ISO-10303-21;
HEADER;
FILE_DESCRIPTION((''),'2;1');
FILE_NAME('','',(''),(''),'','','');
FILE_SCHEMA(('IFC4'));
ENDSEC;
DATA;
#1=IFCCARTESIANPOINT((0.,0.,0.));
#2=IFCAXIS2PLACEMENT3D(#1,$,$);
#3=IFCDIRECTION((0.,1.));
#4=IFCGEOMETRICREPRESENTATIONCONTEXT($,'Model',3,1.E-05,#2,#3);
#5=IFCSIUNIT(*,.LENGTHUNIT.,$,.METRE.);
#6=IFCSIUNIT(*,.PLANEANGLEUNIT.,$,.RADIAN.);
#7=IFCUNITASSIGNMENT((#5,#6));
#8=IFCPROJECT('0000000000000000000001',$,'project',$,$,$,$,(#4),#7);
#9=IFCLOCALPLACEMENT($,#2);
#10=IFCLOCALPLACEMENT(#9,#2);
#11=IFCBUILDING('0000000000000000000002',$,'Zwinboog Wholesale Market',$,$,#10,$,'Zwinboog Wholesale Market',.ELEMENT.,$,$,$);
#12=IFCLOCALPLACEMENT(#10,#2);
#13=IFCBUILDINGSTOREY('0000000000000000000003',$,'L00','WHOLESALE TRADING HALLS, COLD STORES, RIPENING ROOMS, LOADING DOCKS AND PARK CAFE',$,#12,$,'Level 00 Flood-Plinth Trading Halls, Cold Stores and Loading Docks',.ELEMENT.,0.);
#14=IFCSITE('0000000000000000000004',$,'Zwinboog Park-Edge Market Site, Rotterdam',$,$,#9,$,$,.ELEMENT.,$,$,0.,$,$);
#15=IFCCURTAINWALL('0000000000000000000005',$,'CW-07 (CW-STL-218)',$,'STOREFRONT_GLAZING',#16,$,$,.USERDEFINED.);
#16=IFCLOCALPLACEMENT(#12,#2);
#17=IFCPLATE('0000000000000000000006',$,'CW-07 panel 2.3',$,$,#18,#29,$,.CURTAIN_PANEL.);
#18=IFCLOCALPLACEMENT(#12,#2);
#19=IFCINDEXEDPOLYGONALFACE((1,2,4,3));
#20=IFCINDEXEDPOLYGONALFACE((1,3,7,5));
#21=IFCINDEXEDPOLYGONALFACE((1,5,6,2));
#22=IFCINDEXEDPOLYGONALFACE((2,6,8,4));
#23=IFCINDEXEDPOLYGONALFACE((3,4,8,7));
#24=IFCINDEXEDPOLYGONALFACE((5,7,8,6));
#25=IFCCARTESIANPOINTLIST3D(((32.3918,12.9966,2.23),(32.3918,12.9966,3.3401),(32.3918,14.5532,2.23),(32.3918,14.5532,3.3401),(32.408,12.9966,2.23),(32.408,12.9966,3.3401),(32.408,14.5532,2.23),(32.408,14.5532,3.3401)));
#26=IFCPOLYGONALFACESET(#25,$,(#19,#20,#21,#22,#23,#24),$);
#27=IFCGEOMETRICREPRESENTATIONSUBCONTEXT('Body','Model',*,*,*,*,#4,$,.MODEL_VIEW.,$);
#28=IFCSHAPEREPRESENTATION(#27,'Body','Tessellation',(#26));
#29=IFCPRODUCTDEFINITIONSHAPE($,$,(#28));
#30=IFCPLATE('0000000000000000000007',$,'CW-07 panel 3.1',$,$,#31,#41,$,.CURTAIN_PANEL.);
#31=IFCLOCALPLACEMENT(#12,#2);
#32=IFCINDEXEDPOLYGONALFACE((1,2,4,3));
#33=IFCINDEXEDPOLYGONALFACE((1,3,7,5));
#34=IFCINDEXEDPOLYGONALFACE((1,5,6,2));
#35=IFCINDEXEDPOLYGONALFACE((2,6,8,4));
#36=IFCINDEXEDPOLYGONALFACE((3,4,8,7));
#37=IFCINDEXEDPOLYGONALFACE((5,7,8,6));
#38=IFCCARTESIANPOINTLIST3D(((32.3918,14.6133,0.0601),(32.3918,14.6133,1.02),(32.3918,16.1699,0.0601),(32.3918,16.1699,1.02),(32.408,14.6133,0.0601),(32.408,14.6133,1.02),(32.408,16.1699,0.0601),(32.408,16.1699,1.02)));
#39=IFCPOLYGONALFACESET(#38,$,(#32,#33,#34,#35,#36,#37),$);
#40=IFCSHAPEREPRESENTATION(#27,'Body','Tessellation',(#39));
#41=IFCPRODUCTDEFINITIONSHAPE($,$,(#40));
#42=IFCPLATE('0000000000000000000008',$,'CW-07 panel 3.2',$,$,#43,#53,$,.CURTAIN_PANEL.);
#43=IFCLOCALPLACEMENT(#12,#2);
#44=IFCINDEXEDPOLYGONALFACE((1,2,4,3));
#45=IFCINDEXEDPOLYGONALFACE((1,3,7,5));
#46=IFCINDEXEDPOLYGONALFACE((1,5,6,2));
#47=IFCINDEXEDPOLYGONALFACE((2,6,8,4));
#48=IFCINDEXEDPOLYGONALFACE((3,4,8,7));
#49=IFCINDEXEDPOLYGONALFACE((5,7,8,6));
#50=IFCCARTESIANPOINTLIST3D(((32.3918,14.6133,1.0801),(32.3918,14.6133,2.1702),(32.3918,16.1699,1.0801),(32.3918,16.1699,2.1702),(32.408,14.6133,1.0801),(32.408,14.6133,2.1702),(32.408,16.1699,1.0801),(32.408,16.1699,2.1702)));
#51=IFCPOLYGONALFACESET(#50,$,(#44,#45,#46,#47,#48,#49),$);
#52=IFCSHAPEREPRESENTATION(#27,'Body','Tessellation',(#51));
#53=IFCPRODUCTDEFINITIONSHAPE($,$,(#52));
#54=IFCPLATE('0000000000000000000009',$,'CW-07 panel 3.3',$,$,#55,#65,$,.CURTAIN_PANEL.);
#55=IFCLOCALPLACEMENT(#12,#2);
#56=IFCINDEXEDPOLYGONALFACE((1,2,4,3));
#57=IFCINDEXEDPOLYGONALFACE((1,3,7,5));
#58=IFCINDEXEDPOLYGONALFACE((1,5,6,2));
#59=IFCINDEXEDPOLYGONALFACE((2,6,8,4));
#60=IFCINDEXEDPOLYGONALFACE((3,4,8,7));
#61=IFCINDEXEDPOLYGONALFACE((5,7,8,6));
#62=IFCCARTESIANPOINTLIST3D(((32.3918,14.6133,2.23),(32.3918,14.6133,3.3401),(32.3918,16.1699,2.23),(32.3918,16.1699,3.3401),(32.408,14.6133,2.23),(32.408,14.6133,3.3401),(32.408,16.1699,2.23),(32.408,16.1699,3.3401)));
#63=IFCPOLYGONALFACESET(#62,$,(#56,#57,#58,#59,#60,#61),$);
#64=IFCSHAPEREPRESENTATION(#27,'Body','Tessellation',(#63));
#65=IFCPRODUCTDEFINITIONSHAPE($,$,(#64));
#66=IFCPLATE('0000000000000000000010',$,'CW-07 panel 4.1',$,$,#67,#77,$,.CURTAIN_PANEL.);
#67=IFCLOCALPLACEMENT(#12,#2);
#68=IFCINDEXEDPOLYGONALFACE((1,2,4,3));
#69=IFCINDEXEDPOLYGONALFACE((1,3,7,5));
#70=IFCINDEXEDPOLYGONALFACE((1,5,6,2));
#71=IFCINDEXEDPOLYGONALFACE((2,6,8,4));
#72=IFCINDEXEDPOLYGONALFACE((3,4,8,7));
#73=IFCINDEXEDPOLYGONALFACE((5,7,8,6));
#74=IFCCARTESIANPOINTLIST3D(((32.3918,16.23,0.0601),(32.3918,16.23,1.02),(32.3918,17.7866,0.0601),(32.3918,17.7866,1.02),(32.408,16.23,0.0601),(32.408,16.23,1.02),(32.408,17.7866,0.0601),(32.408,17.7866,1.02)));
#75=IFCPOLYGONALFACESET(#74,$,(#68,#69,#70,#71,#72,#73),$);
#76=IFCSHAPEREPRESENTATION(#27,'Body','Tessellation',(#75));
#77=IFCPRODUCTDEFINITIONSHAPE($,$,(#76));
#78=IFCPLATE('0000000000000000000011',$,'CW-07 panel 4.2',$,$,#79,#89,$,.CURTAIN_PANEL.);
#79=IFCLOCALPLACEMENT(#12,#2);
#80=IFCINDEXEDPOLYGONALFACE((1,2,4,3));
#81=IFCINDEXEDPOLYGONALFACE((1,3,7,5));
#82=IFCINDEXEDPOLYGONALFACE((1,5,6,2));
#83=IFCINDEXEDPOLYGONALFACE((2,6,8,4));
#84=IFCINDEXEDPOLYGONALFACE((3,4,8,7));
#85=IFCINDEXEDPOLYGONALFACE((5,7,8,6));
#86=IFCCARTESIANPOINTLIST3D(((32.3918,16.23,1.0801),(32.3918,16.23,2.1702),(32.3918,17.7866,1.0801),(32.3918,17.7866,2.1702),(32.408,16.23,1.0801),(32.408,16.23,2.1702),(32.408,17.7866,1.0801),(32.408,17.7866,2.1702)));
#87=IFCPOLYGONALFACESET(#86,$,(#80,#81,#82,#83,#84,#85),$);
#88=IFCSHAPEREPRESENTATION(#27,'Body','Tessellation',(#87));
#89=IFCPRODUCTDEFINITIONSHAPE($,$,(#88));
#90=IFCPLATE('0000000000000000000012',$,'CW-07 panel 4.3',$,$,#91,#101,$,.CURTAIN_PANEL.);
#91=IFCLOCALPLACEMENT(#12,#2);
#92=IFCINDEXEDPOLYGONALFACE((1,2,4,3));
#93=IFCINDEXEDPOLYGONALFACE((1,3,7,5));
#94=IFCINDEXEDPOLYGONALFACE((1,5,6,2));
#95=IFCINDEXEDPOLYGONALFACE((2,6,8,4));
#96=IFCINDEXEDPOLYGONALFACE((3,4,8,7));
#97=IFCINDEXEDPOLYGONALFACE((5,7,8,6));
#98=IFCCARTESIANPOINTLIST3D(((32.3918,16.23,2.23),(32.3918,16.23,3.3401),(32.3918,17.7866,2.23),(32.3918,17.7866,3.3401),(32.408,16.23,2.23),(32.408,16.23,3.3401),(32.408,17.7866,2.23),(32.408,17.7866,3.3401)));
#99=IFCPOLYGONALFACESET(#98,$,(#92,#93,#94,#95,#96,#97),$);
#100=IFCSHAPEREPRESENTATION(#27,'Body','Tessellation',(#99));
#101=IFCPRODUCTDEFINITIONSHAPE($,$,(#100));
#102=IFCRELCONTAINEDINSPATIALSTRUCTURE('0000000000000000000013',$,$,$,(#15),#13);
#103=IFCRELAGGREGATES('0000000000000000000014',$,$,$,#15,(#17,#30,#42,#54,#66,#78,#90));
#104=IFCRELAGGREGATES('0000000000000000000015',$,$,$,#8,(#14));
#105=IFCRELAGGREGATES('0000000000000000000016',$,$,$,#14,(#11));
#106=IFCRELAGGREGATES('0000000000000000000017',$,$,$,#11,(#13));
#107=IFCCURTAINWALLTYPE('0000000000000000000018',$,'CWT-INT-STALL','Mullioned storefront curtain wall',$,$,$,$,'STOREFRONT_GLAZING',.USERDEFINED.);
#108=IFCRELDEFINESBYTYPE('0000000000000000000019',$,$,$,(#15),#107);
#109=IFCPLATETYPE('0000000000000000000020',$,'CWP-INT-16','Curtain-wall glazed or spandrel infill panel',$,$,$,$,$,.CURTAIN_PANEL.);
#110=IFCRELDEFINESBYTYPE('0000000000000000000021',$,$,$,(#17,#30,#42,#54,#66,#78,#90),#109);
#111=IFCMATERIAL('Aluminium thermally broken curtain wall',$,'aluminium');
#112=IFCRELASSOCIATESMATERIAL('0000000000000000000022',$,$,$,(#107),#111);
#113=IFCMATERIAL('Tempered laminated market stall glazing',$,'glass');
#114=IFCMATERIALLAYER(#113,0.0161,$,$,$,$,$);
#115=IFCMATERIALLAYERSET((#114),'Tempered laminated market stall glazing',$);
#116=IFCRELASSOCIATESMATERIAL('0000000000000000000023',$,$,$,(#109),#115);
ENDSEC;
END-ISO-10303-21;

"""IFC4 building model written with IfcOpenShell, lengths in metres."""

from ifc_helpers import new_model, si_unit, direction, frame, origin, origin_2d, place, context, subcontext, project, spatial, rectangle, extrude, material, layer, layer_set, type_object, element, aggregate, save


model = new_model("IFC4")

# Units and contexts
model_context = context("Model", 3, precision=1e-05, world=origin(), true_north=direction((0.0, 1.0)))
body_context = subcontext(model_context, "Body", "Model", "MODEL_VIEW")
ifc_project = project(units=[si_unit("LENGTHUNIT", "METRE"), si_unit("PLANEANGLEUNIT", "RADIAN")], contexts=[model_context])

# Site, building, storey
site_placement = place(None, origin())
site = spatial("IfcSite", under=ifc_project, at=site_placement, Name="Zwinboog Park-Edge Market Site, Rotterdam", CompositionType="ELEMENT", RefElevation=0.0)
building_placement = place(site_placement, origin())
building = spatial("IfcBuilding", under=site, at=building_placement, Name="Zwinboog Wholesale Market", LongName="Zwinboog Wholesale Market", CompositionType="ELEMENT")
storey_placement = place(building_placement, origin())
storey = spatial("IfcBuildingStorey", under=building, at=storey_placement, Name="L00", Description="WHOLESALE TRADING HALLS, COLD STORES, RIPENING ROOMS, LOADING DOCKS AND PARK CAFE", LongName="Level 00 Flood-Plinth Trading Halls, Cold Stores and Loading Docks", CompositionType="ELEMENT", Elevation=0.0)

# Curtain wall, plates
ifc_material_1 = material(Name="Aluminium thermally broken curtain wall", Category="aluminium")
curtain_wall_type = type_object("IfcCurtainWallType", Name="CWT-INT-STALL", Description="Mullioned storefront curtain wall", ElementType="STOREFRONT_GLAZING", PredefinedType="USERDEFINED", material=ifc_material_1)
curtain_wall_placement = place(storey_placement, origin())
curtain_wall = element("IfcCurtainWall", 1, at=curtain_wall_placement, inside=storey, type_object=curtain_wall_type, Name="CW-07 (CW-STL-218)", ObjectType="STOREFRONT_GLAZING", PredefinedType="USERDEFINED")
ifc_material_2 = material(Name="Tempered laminated market stall glazing", Category="glass")
ifc_layer = layer(ifc_material_2, 0.0161)
ifc_layer_set = layer_set([ifc_layer], Name="Tempered laminated market stall glazing")
plate_type = type_object("IfcPlateType", Name="CWP-INT-16", Description="Curtain-wall glazed or spandrel infill panel", PredefinedType="CURTAIN_PANEL", material=ifc_layer_set)
plate_1_placement = place(storey_placement, frame((32.3999, 13.7749, 2.23), z_axis=(0.0, 0.0, 1.0), x_axis=(0.0, 1.0, 0.0)))
plate_1 = element("IfcPlate", 2, at=plate_1_placement, type_object=plate_type, Name="CW-07 panel 2.3", PredefinedType="CURTAIN_PANEL", context=body_context, shape_type="SweptSolid", body=[
    extrude(rectangle(XDim=1.5566, YDim=0.0161, at=origin_2d()), origin(), (0.0, 0.0, 1.0), 1.1101),
])
plate_2_placement = place(storey_placement, frame((32.3999, 15.3916, 0.0601), z_axis=(0.0, 0.0, 1.0), x_axis=(0.0, 1.0, 0.0)))
plate_2 = element("IfcPlate", 3, at=plate_2_placement, type_object=plate_type, Name="CW-07 panel 3.1", PredefinedType="CURTAIN_PANEL", context=body_context, shape_type="SweptSolid", body=[
    extrude(rectangle(XDim=1.5566, YDim=0.0161, at=origin_2d()), origin(), (0.0, 0.0, 1.0), 0.96),
])
plate_3_placement = place(storey_placement, frame((32.3999, 15.3916, 1.0801), z_axis=(0.0, 0.0, 1.0), x_axis=(0.0, 1.0, 0.0)))
plate_3 = element("IfcPlate", 4, at=plate_3_placement, type_object=plate_type, Name="CW-07 panel 3.2", PredefinedType="CURTAIN_PANEL", context=body_context, shape_type="SweptSolid", body=[
    extrude(rectangle(XDim=1.5566, YDim=0.0161, at=origin_2d()), origin(), (0.0, 0.0, 1.0), 1.0901),
])
plate_4_placement = place(storey_placement, frame((32.3999, 15.3916, 2.23), z_axis=(0.0, 0.0, 1.0), x_axis=(0.0, 1.0, 0.0)))
plate_4 = element("IfcPlate", 5, at=plate_4_placement, type_object=plate_type, Name="CW-07 panel 3.3", PredefinedType="CURTAIN_PANEL", context=body_context, shape_type="SweptSolid", body=[
    extrude(rectangle(XDim=1.5566, YDim=0.0161, at=origin_2d()), origin(), (0.0, 0.0, 1.0), 1.1101),
])
plate_5_placement = place(storey_placement, frame((32.3999, 17.0083, 0.0601), z_axis=(0.0, 0.0, 1.0), x_axis=(0.0, 1.0, 0.0)))
plate_5 = element("IfcPlate", 6, at=plate_5_placement, type_object=plate_type, Name="CW-07 panel 4.1", PredefinedType="CURTAIN_PANEL", context=body_context, shape_type="SweptSolid", body=[
    extrude(rectangle(XDim=1.5566, YDim=0.0161, at=origin_2d()), origin(), (0.0, 0.0, 1.0), 0.96),
])
plate_6_placement = place(storey_placement, frame((32.3999, 17.0083, 1.0801), z_axis=(0.0, 0.0, 1.0), x_axis=(0.0, 1.0, 0.0)))
plate_6 = element("IfcPlate", 7, at=plate_6_placement, type_object=plate_type, Name="CW-07 panel 4.2", PredefinedType="CURTAIN_PANEL", context=body_context, shape_type="SweptSolid", body=[
    extrude(rectangle(XDim=1.5566, YDim=0.0161, at=origin_2d()), origin(), (0.0, 0.0, 1.0), 1.0901),
])
plate_7_placement = place(storey_placement, frame((32.3999, 17.0083, 2.23), z_axis=(0.0, 0.0, 1.0), x_axis=(0.0, 1.0, 0.0)))
plate_7 = element("IfcPlate", 8, at=plate_7_placement, type_object=plate_type, Name="CW-07 panel 4.3", PredefinedType="CURTAIN_PANEL", context=body_context, shape_type="SweptSolid", body=[
    extrude(rectangle(XDim=1.5566, YDim=0.0161, at=origin_2d()), origin(), (0.0, 0.0, 1.0), 1.1101),
])
aggregate(curtain_wall, [plate_1, plate_2, plate_3, plate_4, plate_5, plate_6, plate_7])

save(model, "model.ifc")
